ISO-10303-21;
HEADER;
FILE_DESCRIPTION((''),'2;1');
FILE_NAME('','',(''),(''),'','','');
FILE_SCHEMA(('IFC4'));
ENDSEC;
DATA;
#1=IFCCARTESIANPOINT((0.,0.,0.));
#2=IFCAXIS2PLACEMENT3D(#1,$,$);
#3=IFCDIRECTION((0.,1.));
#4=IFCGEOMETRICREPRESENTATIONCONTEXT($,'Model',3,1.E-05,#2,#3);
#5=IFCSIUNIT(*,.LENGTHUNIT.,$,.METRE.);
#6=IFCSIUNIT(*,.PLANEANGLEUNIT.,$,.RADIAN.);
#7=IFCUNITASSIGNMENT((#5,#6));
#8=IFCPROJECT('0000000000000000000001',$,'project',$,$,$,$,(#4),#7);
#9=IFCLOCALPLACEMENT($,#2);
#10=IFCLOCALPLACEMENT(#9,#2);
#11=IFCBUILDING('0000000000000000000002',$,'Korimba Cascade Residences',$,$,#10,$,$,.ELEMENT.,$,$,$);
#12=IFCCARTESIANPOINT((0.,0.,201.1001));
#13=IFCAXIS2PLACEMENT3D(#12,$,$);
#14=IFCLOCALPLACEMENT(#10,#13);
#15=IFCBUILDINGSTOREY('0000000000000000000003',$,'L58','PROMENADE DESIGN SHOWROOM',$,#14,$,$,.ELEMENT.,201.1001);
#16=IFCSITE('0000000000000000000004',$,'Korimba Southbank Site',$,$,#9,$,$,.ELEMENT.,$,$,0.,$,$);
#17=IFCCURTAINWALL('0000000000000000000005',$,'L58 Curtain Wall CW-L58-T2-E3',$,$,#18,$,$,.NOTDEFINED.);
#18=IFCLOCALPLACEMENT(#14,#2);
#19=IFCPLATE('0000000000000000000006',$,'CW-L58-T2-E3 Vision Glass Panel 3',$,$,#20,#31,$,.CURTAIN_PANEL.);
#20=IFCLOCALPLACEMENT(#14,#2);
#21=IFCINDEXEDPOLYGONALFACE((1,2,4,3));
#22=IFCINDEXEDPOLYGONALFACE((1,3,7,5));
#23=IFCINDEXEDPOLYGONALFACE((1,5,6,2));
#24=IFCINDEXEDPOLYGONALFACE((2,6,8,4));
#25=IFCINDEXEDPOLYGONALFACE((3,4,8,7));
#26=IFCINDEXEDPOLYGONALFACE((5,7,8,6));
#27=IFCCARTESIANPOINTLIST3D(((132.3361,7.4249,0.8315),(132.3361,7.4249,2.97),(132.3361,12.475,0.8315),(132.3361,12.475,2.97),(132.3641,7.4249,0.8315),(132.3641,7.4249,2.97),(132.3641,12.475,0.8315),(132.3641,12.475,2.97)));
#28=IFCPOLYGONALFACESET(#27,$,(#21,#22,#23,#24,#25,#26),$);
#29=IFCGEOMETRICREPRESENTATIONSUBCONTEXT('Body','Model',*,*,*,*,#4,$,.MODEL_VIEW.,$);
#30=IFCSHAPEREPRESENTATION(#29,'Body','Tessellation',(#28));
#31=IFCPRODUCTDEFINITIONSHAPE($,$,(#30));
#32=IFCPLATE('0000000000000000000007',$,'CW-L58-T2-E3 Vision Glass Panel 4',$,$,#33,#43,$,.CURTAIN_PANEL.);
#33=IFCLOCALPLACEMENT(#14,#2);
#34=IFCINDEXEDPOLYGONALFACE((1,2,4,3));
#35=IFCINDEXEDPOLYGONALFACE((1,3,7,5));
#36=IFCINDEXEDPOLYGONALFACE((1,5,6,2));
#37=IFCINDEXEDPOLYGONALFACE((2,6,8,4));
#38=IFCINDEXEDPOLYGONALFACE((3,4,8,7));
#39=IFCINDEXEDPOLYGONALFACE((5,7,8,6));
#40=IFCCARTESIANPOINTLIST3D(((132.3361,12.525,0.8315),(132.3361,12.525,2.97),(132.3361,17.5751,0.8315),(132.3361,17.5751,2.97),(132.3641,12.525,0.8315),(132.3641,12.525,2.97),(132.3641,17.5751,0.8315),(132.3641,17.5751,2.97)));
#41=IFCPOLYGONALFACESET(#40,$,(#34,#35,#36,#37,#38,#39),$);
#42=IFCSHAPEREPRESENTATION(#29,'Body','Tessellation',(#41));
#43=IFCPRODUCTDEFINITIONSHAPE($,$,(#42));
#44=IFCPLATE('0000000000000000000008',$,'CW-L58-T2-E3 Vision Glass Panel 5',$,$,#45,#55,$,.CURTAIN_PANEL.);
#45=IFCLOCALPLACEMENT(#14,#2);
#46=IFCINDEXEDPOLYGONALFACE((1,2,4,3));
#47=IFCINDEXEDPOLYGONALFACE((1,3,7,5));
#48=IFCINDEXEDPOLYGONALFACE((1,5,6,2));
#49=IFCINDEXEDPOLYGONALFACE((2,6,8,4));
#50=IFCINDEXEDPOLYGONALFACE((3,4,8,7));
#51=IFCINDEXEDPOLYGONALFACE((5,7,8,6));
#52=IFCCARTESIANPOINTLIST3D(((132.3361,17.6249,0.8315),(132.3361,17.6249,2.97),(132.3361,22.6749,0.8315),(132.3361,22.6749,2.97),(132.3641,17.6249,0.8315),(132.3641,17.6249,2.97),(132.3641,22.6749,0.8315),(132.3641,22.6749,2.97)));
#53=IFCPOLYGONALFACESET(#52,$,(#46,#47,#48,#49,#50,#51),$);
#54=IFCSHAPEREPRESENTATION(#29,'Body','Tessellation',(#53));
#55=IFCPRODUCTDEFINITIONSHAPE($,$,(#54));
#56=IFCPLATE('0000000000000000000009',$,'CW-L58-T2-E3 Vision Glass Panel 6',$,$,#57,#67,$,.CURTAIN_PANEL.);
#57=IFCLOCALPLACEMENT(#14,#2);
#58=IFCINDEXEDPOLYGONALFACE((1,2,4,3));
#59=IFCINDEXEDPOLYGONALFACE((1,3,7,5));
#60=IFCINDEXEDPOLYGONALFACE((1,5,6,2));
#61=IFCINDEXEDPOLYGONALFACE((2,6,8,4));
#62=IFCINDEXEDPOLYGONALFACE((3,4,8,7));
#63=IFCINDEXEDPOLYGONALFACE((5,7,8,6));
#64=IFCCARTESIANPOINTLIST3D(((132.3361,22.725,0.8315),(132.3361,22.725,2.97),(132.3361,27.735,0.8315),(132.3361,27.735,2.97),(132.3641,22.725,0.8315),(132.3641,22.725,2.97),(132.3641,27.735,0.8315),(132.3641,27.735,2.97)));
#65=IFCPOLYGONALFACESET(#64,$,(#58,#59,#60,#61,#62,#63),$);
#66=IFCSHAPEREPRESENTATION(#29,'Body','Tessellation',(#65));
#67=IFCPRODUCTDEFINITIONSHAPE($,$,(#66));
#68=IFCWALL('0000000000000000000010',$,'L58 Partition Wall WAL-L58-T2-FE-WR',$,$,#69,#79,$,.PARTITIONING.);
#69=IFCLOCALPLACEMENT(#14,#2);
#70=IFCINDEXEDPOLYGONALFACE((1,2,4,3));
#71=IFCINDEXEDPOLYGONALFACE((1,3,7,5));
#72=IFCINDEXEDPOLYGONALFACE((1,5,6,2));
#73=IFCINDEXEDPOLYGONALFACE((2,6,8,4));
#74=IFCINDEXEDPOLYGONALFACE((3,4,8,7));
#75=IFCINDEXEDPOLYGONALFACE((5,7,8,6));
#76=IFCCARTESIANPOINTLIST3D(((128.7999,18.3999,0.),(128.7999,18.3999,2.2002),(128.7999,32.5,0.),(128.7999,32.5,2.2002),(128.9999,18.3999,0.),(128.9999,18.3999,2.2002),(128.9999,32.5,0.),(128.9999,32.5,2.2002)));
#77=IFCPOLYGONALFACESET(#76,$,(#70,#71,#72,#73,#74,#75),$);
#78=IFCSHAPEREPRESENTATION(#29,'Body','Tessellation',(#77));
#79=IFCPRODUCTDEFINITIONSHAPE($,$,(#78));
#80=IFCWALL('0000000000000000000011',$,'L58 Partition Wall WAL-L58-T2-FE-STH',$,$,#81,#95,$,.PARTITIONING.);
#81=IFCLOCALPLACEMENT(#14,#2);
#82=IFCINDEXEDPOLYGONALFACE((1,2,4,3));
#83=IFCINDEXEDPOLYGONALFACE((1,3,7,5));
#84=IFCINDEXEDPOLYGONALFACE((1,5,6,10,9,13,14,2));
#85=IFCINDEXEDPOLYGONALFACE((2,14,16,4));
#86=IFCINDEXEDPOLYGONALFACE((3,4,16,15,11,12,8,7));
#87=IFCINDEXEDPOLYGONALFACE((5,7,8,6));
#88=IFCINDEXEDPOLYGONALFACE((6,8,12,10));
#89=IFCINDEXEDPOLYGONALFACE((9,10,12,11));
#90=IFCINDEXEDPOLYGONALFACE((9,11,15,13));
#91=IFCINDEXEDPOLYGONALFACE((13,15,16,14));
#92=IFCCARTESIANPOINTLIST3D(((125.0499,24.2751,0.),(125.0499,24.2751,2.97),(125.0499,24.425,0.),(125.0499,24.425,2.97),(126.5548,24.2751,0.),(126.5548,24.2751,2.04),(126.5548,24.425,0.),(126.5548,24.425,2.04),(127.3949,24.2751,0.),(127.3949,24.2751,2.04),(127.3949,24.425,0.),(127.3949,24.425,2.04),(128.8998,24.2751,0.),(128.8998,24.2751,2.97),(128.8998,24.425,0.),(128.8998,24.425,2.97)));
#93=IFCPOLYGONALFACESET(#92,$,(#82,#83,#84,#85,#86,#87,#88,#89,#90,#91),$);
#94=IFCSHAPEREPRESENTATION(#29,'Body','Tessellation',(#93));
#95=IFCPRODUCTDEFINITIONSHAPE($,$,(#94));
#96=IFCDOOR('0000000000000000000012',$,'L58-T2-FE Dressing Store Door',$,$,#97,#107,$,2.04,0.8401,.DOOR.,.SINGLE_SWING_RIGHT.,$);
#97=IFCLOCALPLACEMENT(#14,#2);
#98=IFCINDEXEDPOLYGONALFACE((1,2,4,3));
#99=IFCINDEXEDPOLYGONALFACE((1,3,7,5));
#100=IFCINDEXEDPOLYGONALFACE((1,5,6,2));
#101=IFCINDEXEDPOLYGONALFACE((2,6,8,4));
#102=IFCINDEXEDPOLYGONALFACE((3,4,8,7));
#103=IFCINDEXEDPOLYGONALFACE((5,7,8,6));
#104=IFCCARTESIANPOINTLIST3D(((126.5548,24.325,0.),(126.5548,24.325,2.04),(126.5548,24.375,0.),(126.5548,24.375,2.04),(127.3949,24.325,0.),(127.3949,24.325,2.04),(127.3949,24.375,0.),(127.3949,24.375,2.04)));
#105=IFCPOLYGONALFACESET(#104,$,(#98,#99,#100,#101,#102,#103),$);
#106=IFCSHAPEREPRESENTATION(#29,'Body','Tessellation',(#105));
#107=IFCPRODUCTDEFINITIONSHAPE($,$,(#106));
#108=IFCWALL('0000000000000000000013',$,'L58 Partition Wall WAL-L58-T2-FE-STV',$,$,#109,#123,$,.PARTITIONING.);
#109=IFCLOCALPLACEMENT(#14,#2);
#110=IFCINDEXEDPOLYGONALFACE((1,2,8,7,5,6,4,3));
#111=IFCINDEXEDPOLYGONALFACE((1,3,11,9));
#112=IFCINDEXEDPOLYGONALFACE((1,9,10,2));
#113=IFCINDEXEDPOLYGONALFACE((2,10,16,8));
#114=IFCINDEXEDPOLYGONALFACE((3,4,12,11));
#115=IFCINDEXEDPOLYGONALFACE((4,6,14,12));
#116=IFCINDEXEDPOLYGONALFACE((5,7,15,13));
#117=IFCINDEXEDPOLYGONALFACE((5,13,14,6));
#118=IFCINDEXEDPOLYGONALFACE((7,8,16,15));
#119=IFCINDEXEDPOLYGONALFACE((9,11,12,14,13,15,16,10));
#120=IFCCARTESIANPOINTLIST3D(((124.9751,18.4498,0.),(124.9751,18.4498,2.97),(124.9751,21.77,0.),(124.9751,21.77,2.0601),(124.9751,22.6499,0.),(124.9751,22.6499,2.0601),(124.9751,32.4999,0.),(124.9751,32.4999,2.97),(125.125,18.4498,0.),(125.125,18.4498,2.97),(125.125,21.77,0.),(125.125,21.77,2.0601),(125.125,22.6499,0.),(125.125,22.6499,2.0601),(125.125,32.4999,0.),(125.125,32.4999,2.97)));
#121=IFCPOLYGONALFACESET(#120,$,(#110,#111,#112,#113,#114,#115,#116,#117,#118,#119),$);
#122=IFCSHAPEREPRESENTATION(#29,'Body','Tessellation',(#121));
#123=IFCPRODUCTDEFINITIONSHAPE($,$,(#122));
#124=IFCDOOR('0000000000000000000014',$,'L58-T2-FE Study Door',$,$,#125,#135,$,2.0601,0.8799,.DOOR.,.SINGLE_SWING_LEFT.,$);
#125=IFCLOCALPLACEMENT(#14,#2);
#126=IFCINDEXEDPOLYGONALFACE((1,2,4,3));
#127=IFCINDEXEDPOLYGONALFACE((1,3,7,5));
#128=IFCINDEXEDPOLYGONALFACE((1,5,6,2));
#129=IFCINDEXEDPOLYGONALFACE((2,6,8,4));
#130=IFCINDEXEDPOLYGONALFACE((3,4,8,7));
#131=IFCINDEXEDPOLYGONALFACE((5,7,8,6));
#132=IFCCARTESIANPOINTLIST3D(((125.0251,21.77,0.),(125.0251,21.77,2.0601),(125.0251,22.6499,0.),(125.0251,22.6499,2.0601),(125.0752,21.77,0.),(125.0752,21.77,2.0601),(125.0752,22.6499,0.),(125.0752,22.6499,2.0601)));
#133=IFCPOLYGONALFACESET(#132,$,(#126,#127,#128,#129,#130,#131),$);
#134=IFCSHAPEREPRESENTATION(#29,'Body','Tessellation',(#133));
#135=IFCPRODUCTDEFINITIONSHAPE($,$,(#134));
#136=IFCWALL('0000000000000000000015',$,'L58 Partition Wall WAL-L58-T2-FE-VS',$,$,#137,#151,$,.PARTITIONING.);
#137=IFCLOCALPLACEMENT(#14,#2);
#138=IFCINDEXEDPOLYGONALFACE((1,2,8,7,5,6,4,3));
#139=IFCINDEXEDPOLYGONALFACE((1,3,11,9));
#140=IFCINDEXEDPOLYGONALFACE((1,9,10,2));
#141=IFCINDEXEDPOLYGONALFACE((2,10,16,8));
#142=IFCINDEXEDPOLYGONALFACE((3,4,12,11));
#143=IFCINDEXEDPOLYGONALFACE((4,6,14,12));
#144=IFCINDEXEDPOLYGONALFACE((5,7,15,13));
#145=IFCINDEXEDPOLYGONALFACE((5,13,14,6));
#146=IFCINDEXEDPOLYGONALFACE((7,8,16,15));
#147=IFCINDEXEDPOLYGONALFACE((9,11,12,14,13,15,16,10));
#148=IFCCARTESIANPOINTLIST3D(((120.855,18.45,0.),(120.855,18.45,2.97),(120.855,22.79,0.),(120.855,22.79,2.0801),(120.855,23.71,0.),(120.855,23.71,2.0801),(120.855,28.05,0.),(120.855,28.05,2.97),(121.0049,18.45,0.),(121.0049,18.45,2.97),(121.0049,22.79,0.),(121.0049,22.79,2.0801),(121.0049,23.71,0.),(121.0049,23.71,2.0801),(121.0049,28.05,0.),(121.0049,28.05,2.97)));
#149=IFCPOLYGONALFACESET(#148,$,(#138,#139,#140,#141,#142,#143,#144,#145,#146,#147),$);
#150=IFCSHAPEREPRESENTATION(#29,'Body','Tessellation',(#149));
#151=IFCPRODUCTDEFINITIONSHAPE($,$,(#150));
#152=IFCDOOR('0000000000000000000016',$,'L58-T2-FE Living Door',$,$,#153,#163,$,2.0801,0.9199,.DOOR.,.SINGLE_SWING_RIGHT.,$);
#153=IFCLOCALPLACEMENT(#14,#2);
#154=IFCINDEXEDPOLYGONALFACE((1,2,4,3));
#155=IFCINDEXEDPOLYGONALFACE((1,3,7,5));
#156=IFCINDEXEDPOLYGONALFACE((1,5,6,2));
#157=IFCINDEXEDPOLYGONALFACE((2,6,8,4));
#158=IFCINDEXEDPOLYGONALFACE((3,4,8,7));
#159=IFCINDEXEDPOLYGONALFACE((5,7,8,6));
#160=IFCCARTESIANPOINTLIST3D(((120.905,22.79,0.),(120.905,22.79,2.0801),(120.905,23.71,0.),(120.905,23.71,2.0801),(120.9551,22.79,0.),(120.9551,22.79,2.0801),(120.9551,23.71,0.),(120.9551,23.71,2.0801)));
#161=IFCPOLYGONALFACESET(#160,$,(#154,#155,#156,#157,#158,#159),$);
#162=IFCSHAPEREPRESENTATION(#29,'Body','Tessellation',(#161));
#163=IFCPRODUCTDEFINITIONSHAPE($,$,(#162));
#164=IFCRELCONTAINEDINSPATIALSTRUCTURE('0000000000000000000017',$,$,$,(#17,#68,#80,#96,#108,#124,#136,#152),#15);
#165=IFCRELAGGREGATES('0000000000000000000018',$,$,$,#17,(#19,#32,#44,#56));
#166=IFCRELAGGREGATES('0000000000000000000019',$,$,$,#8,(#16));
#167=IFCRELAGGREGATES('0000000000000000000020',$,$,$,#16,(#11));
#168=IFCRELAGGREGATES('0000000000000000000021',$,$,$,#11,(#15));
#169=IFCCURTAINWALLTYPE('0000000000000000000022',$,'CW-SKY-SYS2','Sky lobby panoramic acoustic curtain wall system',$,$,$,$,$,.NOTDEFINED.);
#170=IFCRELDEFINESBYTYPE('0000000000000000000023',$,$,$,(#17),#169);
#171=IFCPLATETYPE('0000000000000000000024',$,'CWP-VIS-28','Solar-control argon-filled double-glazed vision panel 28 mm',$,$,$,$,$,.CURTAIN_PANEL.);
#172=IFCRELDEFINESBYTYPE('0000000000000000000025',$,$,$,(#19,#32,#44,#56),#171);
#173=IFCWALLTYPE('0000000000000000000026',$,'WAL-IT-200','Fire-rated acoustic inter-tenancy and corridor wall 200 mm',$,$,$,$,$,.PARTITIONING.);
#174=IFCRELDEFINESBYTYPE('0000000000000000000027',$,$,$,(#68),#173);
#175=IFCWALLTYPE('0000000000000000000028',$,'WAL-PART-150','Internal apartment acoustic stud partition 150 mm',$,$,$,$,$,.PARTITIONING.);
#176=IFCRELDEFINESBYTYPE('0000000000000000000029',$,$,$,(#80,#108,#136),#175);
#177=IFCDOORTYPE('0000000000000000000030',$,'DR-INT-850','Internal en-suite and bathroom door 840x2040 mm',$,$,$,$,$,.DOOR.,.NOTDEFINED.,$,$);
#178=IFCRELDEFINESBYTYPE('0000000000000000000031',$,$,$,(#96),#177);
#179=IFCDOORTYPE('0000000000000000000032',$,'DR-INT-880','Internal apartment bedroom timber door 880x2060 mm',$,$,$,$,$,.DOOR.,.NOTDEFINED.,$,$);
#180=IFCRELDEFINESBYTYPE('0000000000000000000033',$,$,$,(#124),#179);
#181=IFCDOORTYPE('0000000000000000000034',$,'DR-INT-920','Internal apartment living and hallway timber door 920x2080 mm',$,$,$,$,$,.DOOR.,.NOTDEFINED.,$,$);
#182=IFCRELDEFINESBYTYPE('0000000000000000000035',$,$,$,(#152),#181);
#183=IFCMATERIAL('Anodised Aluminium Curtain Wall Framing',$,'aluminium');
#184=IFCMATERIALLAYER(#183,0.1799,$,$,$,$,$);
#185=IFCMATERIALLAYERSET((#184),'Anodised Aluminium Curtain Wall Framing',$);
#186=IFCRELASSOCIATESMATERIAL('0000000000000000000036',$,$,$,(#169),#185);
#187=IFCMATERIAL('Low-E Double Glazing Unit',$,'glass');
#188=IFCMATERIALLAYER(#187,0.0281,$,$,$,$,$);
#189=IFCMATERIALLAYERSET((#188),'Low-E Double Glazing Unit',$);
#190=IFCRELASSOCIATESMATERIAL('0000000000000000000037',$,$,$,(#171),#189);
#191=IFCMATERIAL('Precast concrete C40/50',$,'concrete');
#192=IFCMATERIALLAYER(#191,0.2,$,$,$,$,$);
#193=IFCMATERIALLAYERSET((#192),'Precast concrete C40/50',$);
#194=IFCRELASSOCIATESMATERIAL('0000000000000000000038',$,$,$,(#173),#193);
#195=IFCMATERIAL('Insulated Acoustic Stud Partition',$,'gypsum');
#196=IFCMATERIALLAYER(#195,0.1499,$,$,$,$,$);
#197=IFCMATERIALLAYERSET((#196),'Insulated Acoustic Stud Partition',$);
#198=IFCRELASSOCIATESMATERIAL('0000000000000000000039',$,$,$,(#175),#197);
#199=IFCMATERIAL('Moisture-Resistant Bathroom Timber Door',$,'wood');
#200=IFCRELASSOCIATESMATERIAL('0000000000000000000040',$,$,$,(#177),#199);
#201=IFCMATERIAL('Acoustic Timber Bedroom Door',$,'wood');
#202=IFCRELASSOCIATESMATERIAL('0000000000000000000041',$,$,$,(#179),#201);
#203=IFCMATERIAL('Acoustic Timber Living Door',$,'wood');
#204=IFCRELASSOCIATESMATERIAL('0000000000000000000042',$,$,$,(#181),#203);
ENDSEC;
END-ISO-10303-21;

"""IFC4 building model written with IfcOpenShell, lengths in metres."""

from ifc_helpers import new_model, si_unit, direction, frame, frame_2d, origin, origin_2d, place, context, subcontext, project, spatial, rectangle, extrude, material, layer, layer_set, type_object, element, fill, aggregate, save


model = new_model("IFC4")

# Units and contexts
model_context = context("Model", 3, precision=1e-05, world=origin(), true_north=direction((0.0, 1.0)))
body_context = subcontext(model_context, "Body", "Model", "MODEL_VIEW")
ifc_project = project(units=[si_unit("LENGTHUNIT", "METRE"), si_unit("PLANEANGLEUNIT", "RADIAN")], contexts=[model_context])

# Site, building, storey
site_placement = place(None, origin())
site = spatial("IfcSite", under=ifc_project, at=site_placement, Name="Korimba Southbank Site", CompositionType="ELEMENT", RefElevation=0.0)
building_placement = place(site_placement, origin())
building = spatial("IfcBuilding", under=site, at=building_placement, Name="Korimba Cascade Residences", CompositionType="ELEMENT")
storey_placement = place(building_placement, frame((0.0, 0.0, 201.1001)))
storey = spatial("IfcBuildingStorey", under=building, at=storey_placement, Name="L58", Description="PROMENADE DESIGN SHOWROOM", CompositionType="ELEMENT", Elevation=201.1001)

# Curtain wall, plates
ifc_material_1 = material(Name="Anodised Aluminium Curtain Wall Framing", Category="aluminium")
ifc_layer_1 = layer(ifc_material_1, 0.1799)
ifc_layer_set_1 = layer_set([ifc_layer_1], Name="Anodised Aluminium Curtain Wall Framing")
curtain_wall_type = type_object("IfcCurtainWallType", Name="CW-SKY-SYS2", Description="Sky lobby panoramic acoustic curtain wall system", PredefinedType="NOTDEFINED", material=ifc_layer_set_1)
curtain_wall_placement = place(storey_placement, origin())
curtain_wall = element("IfcCurtainWall", 1, at=curtain_wall_placement, inside=storey, type_object=curtain_wall_type, Name="L58 Curtain Wall CW-L58-T2-E3", PredefinedType="NOTDEFINED")
ifc_material_2 = material(Name="Low-E Double Glazing Unit", Category="glass")
ifc_layer_2 = layer(ifc_material_2, 0.0281)
ifc_layer_set_2 = layer_set([ifc_layer_2], Name="Low-E Double Glazing Unit")
plate_type_1 = type_object("IfcPlateType", Name="CWP-VIS-28", Description="Solar-control argon-filled double-glazed vision panel 28 mm", PredefinedType="CURTAIN_PANEL", material=ifc_layer_set_2)
plate_1_placement = place(storey_placement, frame((132.3501, 9.95, 0.8315), z_axis=(0.0, 0.0, 1.0), x_axis=(0.0, 1.0, 0.0)))
plate_1 = element("IfcPlate", 2, at=plate_1_placement, type_object=plate_type_1, Name="CW-L58-T2-E3 Vision Glass Panel 3", PredefinedType="CURTAIN_PANEL", context=body_context, shape_type="SweptSolid", body=[
    extrude(rectangle(XDim=5.05, YDim=0.0281, at=origin_2d()), origin(), (0.0, 0.0, 1.0), 2.1384),
])
plate_2_placement = place(storey_placement, frame((132.3501, 15.05, 0.8315), z_axis=(0.0, 0.0, 1.0), x_axis=(0.0, 1.0, 0.0)))
plate_2 = element("IfcPlate", 3, at=plate_2_placement, type_object=plate_type_1, Name="CW-L58-T2-E3 Vision Glass Panel 4", PredefinedType="CURTAIN_PANEL", context=body_context, shape_type="SweptSolid", body=[
    extrude(rectangle(XDim=5.05, YDim=0.0281, at=origin_2d()), origin(), (0.0, 0.0, 1.0), 2.1384),
])
plate_3_placement = place(storey_placement, frame((132.3501, 20.1499, 0.8315), z_axis=(0.0, 0.0, 1.0), x_axis=(0.0, 1.0, 0.0)))
plate_3 = element("IfcPlate", 4, at=plate_3_placement, type_object=plate_type_1, Name="CW-L58-T2-E3 Vision Glass Panel 5", PredefinedType="CURTAIN_PANEL", context=body_context, shape_type="SweptSolid", body=[
    extrude(rectangle(XDim=5.05, YDim=0.0281, at=origin_2d()), origin(), (0.0, 0.0, 1.0), 2.1384),
])
plate_4_placement = place(storey_placement, frame((132.3501, 25.23, 0.8315), z_axis=(0.0, 0.0, 1.0), x_axis=(0.0, 1.0, 0.0)))
plate_4 = element("IfcPlate", 5, at=plate_4_placement, type_object=plate_type_1, Name="CW-L58-T2-E3 Vision Glass Panel 6", PredefinedType="CURTAIN_PANEL", context=body_context, shape_type="SweptSolid", body=[
    extrude(rectangle(XDim=5.01, YDim=0.0281, at=origin_2d()), origin(), (0.0, 0.0, 1.0), 2.1384),
])
aggregate(curtain_wall, [plate_1, plate_2, plate_3, plate_4])

# Wall
ifc_material_3 = material(Name="Precast concrete C40/50", Category="concrete")
ifc_layer_3 = layer(ifc_material_3, 0.2)
ifc_layer_set_3 = layer_set([ifc_layer_3], Name="Precast concrete C40/50")
wall_type_1 = type_object("IfcWallType", Name="WAL-IT-200", Description="Fire-rated acoustic inter-tenancy and corridor wall 200 mm", PredefinedType="PARTITIONING", material=ifc_layer_set_3)
wall_1_placement = place(storey_placement, frame((128.8999, 18.3999, 0.0), z_axis=(0.0, 0.0, 1.0), x_axis=(0.0, 1.0, 0.0)))
element("IfcWall", 6, at=wall_1_placement, inside=storey, type_object=wall_type_1, Name="L58 Partition Wall WAL-L58-T2-FE-WR", PredefinedType="PARTITIONING", context=body_context, shape_type="SweptSolid", body=[
    extrude(rectangle(XDim=14.1001, YDim=0.2, at=frame_2d((7.05, 0.0))), origin(), (0.0, 0.0, 1.0), 2.2002),
])

# Walls, openings, doors
ifc_material_4 = material(Name="Insulated Acoustic Stud Partition", Category="gypsum")
ifc_layer_4 = layer(ifc_material_4, 0.1499)
ifc_layer_set_4 = layer_set([ifc_layer_4], Name="Insulated Acoustic Stud Partition")
wall_type_2 = type_object("IfcWallType", Name="WAL-PART-150", Description="Internal apartment acoustic stud partition 150 mm", PredefinedType="PARTITIONING", material=ifc_layer_set_4)
wall_2_placement = place(storey_placement, frame((125.05, 24.3501, 0.0), z_axis=(0.0, 0.0, 1.0), x_axis=(1.0, 0.0, 0.0)))
wall_2 = element("IfcWall", 7, at=wall_2_placement, inside=storey, type_object=wall_type_2, Name="L58 Partition Wall WAL-L58-T2-FE-STH", PredefinedType="PARTITIONING", context=body_context, shape_type="SweptSolid", body=[
    extrude(rectangle(XDim=3.8499, YDim=0.1499, at=frame_2d((1.9248, 0.0))), origin(), (0.0, 0.0, 1.0), 2.97),
])
opening_1_placement = place(wall_2_placement, frame((1.5049, 0.0, 0.0)))
opening_1 = element("IfcOpeningElement", 8, at=opening_1_placement, cuts=wall_2, PredefinedType="OPENING", context=body_context, shape_type="SweptSolid", body=[
    extrude(rectangle(XDim=0.8401, YDim=2.04, at=frame_2d((0.4199, 1.02))), frame((0.0, 0.085, 0.0), z_axis=(0.0, -1.0, 0.0), x_axis=(1.0, 0.0, 0.0)), (0.0, 0.0, 1.0), 0.1699),
])
ifc_material_5 = material(Name="Moisture-Resistant Bathroom Timber Door", Category="wood")
door_type_1 = type_object("IfcDoorType", Name="DR-INT-850", Description="Internal en-suite and bathroom door 840x2040 mm", OperationType="NOTDEFINED", PredefinedType="DOOR", material=ifc_material_5)
door_1_placement = place(opening_1_placement, origin())
door_1 = element("IfcDoor", 9, at=door_1_placement, inside=storey, type_object=door_type_1, Name="L58-T2-FE Dressing Store Door", OperationType="SINGLE_SWING_RIGHT", OverallHeight=2.04, OverallWidth=0.8401, PredefinedType="DOOR", context=body_context, shape_type="SweptSolid", body=[
    extrude(rectangle(XDim=0.8401, YDim=2.04, at=frame_2d((0.4199, 1.02))), frame((0.0, 0.0249, 0.0), z_axis=(0.0, -1.0, 0.0), x_axis=(1.0, 0.0, 0.0)), (0.0, 0.0, 1.0), 0.05),
])
fill(opening_1, door_1)
wall_3_placement = place(storey_placement, frame((125.05, 18.45, 0.0), z_axis=(0.0, 0.0, 1.0), x_axis=(0.0, 1.0, 0.0)))
wall_3 = element("IfcWall", 10, at=wall_3_placement, inside=storey, type_object=wall_type_2, Name="L58 Partition Wall WAL-L58-T2-FE-STV", PredefinedType="PARTITIONING", context=body_context, shape_type="SweptSolid", body=[
    extrude(rectangle(XDim=14.05, YDim=0.1499, at=frame_2d((7.0249, 0.0))), origin(), (0.0, 0.0, 1.0), 2.97),
])
opening_2_placement = place(wall_3_placement, frame((3.3201, 0.0, 0.0)))
opening_2 = element("IfcOpeningElement", 11, at=opening_2_placement, cuts=wall_3, PredefinedType="OPENING", context=body_context, shape_type="SweptSolid", body=[
    extrude(rectangle(XDim=0.8799, YDim=2.0601, at=frame_2d((0.4399, 1.03))), frame((0.0, 0.085, 0.0), z_axis=(0.0, -1.0, 0.0), x_axis=(1.0, 0.0, 0.0)), (0.0, 0.0, 1.0), 0.1699),
])
ifc_material_6 = material(Name="Acoustic Timber Bedroom Door", Category="wood")
door_type_2 = type_object("IfcDoorType", Name="DR-INT-880", Description="Internal apartment bedroom timber door 880x2060 mm", OperationType="NOTDEFINED", PredefinedType="DOOR", material=ifc_material_6)
door_2_placement = place(opening_2_placement, origin())
door_2 = element("IfcDoor", 12, at=door_2_placement, inside=storey, type_object=door_type_2, Name="L58-T2-FE Study Door", OperationType="SINGLE_SWING_LEFT", OverallHeight=2.0601, OverallWidth=0.8799, PredefinedType="DOOR", context=body_context, shape_type="SweptSolid", body=[
    extrude(rectangle(XDim=0.8799, YDim=2.0601, at=frame_2d((0.4399, 1.03))), frame((0.0, 0.0249, 0.0), z_axis=(0.0, -1.0, 0.0), x_axis=(1.0, 0.0, 0.0)), (0.0, 0.0, 1.0), 0.05),
])
fill(opening_2, door_2)
wall_4_placement = place(storey_placement, frame((120.9299, 18.45, 0.0), z_axis=(0.0, 0.0, 1.0), x_axis=(0.0, 1.0, 0.0)))
wall_4 = element("IfcWall", 13, at=wall_4_placement, inside=storey, type_object=wall_type_2, Name="L58 Partition Wall WAL-L58-T2-FE-VS", PredefinedType="PARTITIONING", context=body_context, shape_type="SweptSolid", body=[
    extrude(rectangle(XDim=9.6001, YDim=0.1499, at=frame_2d((4.8, 0.0))), origin(), (0.0, 0.0, 1.0), 2.97),
])
opening_3_placement = place(wall_4_placement, frame((4.3401, 0.0, 0.0)))
opening_3 = element("IfcOpeningElement", 14, at=opening_3_placement, cuts=wall_4, PredefinedType="OPENING", context=body_context, shape_type="SweptSolid", body=[
    extrude(rectangle(XDim=0.9199, YDim=2.0801, at=frame_2d((0.46, 1.04))), frame((0.0, 0.085, 0.0), z_axis=(0.0, -1.0, 0.0), x_axis=(1.0, 0.0, 0.0)), (0.0, 0.0, 1.0), 0.1699),
])
ifc_material_7 = material(Name="Acoustic Timber Living Door", Category="wood")
door_type_3 = type_object("IfcDoorType", Name="DR-INT-920", Description="Internal apartment living and hallway timber door 920x2080 mm", OperationType="NOTDEFINED", PredefinedType="DOOR", material=ifc_material_7)
door_3_placement = place(opening_3_placement, origin())
door_3 = element("IfcDoor", 15, at=door_3_placement, inside=storey, type_object=door_type_3, Name="L58-T2-FE Living Door", OperationType="SINGLE_SWING_RIGHT", OverallHeight=2.0801, OverallWidth=0.9199, PredefinedType="DOOR", context=body_context, shape_type="SweptSolid", body=[
    extrude(rectangle(XDim=0.9199, YDim=2.0801, at=frame_2d((0.46, 1.04))), frame((0.0, 0.0249, 0.0), z_axis=(0.0, -1.0, 0.0), x_axis=(1.0, 0.0, 0.0)), (0.0, 0.0, 1.0), 0.05),
])
fill(opening_3, door_3)

save(model, "model.ifc")
